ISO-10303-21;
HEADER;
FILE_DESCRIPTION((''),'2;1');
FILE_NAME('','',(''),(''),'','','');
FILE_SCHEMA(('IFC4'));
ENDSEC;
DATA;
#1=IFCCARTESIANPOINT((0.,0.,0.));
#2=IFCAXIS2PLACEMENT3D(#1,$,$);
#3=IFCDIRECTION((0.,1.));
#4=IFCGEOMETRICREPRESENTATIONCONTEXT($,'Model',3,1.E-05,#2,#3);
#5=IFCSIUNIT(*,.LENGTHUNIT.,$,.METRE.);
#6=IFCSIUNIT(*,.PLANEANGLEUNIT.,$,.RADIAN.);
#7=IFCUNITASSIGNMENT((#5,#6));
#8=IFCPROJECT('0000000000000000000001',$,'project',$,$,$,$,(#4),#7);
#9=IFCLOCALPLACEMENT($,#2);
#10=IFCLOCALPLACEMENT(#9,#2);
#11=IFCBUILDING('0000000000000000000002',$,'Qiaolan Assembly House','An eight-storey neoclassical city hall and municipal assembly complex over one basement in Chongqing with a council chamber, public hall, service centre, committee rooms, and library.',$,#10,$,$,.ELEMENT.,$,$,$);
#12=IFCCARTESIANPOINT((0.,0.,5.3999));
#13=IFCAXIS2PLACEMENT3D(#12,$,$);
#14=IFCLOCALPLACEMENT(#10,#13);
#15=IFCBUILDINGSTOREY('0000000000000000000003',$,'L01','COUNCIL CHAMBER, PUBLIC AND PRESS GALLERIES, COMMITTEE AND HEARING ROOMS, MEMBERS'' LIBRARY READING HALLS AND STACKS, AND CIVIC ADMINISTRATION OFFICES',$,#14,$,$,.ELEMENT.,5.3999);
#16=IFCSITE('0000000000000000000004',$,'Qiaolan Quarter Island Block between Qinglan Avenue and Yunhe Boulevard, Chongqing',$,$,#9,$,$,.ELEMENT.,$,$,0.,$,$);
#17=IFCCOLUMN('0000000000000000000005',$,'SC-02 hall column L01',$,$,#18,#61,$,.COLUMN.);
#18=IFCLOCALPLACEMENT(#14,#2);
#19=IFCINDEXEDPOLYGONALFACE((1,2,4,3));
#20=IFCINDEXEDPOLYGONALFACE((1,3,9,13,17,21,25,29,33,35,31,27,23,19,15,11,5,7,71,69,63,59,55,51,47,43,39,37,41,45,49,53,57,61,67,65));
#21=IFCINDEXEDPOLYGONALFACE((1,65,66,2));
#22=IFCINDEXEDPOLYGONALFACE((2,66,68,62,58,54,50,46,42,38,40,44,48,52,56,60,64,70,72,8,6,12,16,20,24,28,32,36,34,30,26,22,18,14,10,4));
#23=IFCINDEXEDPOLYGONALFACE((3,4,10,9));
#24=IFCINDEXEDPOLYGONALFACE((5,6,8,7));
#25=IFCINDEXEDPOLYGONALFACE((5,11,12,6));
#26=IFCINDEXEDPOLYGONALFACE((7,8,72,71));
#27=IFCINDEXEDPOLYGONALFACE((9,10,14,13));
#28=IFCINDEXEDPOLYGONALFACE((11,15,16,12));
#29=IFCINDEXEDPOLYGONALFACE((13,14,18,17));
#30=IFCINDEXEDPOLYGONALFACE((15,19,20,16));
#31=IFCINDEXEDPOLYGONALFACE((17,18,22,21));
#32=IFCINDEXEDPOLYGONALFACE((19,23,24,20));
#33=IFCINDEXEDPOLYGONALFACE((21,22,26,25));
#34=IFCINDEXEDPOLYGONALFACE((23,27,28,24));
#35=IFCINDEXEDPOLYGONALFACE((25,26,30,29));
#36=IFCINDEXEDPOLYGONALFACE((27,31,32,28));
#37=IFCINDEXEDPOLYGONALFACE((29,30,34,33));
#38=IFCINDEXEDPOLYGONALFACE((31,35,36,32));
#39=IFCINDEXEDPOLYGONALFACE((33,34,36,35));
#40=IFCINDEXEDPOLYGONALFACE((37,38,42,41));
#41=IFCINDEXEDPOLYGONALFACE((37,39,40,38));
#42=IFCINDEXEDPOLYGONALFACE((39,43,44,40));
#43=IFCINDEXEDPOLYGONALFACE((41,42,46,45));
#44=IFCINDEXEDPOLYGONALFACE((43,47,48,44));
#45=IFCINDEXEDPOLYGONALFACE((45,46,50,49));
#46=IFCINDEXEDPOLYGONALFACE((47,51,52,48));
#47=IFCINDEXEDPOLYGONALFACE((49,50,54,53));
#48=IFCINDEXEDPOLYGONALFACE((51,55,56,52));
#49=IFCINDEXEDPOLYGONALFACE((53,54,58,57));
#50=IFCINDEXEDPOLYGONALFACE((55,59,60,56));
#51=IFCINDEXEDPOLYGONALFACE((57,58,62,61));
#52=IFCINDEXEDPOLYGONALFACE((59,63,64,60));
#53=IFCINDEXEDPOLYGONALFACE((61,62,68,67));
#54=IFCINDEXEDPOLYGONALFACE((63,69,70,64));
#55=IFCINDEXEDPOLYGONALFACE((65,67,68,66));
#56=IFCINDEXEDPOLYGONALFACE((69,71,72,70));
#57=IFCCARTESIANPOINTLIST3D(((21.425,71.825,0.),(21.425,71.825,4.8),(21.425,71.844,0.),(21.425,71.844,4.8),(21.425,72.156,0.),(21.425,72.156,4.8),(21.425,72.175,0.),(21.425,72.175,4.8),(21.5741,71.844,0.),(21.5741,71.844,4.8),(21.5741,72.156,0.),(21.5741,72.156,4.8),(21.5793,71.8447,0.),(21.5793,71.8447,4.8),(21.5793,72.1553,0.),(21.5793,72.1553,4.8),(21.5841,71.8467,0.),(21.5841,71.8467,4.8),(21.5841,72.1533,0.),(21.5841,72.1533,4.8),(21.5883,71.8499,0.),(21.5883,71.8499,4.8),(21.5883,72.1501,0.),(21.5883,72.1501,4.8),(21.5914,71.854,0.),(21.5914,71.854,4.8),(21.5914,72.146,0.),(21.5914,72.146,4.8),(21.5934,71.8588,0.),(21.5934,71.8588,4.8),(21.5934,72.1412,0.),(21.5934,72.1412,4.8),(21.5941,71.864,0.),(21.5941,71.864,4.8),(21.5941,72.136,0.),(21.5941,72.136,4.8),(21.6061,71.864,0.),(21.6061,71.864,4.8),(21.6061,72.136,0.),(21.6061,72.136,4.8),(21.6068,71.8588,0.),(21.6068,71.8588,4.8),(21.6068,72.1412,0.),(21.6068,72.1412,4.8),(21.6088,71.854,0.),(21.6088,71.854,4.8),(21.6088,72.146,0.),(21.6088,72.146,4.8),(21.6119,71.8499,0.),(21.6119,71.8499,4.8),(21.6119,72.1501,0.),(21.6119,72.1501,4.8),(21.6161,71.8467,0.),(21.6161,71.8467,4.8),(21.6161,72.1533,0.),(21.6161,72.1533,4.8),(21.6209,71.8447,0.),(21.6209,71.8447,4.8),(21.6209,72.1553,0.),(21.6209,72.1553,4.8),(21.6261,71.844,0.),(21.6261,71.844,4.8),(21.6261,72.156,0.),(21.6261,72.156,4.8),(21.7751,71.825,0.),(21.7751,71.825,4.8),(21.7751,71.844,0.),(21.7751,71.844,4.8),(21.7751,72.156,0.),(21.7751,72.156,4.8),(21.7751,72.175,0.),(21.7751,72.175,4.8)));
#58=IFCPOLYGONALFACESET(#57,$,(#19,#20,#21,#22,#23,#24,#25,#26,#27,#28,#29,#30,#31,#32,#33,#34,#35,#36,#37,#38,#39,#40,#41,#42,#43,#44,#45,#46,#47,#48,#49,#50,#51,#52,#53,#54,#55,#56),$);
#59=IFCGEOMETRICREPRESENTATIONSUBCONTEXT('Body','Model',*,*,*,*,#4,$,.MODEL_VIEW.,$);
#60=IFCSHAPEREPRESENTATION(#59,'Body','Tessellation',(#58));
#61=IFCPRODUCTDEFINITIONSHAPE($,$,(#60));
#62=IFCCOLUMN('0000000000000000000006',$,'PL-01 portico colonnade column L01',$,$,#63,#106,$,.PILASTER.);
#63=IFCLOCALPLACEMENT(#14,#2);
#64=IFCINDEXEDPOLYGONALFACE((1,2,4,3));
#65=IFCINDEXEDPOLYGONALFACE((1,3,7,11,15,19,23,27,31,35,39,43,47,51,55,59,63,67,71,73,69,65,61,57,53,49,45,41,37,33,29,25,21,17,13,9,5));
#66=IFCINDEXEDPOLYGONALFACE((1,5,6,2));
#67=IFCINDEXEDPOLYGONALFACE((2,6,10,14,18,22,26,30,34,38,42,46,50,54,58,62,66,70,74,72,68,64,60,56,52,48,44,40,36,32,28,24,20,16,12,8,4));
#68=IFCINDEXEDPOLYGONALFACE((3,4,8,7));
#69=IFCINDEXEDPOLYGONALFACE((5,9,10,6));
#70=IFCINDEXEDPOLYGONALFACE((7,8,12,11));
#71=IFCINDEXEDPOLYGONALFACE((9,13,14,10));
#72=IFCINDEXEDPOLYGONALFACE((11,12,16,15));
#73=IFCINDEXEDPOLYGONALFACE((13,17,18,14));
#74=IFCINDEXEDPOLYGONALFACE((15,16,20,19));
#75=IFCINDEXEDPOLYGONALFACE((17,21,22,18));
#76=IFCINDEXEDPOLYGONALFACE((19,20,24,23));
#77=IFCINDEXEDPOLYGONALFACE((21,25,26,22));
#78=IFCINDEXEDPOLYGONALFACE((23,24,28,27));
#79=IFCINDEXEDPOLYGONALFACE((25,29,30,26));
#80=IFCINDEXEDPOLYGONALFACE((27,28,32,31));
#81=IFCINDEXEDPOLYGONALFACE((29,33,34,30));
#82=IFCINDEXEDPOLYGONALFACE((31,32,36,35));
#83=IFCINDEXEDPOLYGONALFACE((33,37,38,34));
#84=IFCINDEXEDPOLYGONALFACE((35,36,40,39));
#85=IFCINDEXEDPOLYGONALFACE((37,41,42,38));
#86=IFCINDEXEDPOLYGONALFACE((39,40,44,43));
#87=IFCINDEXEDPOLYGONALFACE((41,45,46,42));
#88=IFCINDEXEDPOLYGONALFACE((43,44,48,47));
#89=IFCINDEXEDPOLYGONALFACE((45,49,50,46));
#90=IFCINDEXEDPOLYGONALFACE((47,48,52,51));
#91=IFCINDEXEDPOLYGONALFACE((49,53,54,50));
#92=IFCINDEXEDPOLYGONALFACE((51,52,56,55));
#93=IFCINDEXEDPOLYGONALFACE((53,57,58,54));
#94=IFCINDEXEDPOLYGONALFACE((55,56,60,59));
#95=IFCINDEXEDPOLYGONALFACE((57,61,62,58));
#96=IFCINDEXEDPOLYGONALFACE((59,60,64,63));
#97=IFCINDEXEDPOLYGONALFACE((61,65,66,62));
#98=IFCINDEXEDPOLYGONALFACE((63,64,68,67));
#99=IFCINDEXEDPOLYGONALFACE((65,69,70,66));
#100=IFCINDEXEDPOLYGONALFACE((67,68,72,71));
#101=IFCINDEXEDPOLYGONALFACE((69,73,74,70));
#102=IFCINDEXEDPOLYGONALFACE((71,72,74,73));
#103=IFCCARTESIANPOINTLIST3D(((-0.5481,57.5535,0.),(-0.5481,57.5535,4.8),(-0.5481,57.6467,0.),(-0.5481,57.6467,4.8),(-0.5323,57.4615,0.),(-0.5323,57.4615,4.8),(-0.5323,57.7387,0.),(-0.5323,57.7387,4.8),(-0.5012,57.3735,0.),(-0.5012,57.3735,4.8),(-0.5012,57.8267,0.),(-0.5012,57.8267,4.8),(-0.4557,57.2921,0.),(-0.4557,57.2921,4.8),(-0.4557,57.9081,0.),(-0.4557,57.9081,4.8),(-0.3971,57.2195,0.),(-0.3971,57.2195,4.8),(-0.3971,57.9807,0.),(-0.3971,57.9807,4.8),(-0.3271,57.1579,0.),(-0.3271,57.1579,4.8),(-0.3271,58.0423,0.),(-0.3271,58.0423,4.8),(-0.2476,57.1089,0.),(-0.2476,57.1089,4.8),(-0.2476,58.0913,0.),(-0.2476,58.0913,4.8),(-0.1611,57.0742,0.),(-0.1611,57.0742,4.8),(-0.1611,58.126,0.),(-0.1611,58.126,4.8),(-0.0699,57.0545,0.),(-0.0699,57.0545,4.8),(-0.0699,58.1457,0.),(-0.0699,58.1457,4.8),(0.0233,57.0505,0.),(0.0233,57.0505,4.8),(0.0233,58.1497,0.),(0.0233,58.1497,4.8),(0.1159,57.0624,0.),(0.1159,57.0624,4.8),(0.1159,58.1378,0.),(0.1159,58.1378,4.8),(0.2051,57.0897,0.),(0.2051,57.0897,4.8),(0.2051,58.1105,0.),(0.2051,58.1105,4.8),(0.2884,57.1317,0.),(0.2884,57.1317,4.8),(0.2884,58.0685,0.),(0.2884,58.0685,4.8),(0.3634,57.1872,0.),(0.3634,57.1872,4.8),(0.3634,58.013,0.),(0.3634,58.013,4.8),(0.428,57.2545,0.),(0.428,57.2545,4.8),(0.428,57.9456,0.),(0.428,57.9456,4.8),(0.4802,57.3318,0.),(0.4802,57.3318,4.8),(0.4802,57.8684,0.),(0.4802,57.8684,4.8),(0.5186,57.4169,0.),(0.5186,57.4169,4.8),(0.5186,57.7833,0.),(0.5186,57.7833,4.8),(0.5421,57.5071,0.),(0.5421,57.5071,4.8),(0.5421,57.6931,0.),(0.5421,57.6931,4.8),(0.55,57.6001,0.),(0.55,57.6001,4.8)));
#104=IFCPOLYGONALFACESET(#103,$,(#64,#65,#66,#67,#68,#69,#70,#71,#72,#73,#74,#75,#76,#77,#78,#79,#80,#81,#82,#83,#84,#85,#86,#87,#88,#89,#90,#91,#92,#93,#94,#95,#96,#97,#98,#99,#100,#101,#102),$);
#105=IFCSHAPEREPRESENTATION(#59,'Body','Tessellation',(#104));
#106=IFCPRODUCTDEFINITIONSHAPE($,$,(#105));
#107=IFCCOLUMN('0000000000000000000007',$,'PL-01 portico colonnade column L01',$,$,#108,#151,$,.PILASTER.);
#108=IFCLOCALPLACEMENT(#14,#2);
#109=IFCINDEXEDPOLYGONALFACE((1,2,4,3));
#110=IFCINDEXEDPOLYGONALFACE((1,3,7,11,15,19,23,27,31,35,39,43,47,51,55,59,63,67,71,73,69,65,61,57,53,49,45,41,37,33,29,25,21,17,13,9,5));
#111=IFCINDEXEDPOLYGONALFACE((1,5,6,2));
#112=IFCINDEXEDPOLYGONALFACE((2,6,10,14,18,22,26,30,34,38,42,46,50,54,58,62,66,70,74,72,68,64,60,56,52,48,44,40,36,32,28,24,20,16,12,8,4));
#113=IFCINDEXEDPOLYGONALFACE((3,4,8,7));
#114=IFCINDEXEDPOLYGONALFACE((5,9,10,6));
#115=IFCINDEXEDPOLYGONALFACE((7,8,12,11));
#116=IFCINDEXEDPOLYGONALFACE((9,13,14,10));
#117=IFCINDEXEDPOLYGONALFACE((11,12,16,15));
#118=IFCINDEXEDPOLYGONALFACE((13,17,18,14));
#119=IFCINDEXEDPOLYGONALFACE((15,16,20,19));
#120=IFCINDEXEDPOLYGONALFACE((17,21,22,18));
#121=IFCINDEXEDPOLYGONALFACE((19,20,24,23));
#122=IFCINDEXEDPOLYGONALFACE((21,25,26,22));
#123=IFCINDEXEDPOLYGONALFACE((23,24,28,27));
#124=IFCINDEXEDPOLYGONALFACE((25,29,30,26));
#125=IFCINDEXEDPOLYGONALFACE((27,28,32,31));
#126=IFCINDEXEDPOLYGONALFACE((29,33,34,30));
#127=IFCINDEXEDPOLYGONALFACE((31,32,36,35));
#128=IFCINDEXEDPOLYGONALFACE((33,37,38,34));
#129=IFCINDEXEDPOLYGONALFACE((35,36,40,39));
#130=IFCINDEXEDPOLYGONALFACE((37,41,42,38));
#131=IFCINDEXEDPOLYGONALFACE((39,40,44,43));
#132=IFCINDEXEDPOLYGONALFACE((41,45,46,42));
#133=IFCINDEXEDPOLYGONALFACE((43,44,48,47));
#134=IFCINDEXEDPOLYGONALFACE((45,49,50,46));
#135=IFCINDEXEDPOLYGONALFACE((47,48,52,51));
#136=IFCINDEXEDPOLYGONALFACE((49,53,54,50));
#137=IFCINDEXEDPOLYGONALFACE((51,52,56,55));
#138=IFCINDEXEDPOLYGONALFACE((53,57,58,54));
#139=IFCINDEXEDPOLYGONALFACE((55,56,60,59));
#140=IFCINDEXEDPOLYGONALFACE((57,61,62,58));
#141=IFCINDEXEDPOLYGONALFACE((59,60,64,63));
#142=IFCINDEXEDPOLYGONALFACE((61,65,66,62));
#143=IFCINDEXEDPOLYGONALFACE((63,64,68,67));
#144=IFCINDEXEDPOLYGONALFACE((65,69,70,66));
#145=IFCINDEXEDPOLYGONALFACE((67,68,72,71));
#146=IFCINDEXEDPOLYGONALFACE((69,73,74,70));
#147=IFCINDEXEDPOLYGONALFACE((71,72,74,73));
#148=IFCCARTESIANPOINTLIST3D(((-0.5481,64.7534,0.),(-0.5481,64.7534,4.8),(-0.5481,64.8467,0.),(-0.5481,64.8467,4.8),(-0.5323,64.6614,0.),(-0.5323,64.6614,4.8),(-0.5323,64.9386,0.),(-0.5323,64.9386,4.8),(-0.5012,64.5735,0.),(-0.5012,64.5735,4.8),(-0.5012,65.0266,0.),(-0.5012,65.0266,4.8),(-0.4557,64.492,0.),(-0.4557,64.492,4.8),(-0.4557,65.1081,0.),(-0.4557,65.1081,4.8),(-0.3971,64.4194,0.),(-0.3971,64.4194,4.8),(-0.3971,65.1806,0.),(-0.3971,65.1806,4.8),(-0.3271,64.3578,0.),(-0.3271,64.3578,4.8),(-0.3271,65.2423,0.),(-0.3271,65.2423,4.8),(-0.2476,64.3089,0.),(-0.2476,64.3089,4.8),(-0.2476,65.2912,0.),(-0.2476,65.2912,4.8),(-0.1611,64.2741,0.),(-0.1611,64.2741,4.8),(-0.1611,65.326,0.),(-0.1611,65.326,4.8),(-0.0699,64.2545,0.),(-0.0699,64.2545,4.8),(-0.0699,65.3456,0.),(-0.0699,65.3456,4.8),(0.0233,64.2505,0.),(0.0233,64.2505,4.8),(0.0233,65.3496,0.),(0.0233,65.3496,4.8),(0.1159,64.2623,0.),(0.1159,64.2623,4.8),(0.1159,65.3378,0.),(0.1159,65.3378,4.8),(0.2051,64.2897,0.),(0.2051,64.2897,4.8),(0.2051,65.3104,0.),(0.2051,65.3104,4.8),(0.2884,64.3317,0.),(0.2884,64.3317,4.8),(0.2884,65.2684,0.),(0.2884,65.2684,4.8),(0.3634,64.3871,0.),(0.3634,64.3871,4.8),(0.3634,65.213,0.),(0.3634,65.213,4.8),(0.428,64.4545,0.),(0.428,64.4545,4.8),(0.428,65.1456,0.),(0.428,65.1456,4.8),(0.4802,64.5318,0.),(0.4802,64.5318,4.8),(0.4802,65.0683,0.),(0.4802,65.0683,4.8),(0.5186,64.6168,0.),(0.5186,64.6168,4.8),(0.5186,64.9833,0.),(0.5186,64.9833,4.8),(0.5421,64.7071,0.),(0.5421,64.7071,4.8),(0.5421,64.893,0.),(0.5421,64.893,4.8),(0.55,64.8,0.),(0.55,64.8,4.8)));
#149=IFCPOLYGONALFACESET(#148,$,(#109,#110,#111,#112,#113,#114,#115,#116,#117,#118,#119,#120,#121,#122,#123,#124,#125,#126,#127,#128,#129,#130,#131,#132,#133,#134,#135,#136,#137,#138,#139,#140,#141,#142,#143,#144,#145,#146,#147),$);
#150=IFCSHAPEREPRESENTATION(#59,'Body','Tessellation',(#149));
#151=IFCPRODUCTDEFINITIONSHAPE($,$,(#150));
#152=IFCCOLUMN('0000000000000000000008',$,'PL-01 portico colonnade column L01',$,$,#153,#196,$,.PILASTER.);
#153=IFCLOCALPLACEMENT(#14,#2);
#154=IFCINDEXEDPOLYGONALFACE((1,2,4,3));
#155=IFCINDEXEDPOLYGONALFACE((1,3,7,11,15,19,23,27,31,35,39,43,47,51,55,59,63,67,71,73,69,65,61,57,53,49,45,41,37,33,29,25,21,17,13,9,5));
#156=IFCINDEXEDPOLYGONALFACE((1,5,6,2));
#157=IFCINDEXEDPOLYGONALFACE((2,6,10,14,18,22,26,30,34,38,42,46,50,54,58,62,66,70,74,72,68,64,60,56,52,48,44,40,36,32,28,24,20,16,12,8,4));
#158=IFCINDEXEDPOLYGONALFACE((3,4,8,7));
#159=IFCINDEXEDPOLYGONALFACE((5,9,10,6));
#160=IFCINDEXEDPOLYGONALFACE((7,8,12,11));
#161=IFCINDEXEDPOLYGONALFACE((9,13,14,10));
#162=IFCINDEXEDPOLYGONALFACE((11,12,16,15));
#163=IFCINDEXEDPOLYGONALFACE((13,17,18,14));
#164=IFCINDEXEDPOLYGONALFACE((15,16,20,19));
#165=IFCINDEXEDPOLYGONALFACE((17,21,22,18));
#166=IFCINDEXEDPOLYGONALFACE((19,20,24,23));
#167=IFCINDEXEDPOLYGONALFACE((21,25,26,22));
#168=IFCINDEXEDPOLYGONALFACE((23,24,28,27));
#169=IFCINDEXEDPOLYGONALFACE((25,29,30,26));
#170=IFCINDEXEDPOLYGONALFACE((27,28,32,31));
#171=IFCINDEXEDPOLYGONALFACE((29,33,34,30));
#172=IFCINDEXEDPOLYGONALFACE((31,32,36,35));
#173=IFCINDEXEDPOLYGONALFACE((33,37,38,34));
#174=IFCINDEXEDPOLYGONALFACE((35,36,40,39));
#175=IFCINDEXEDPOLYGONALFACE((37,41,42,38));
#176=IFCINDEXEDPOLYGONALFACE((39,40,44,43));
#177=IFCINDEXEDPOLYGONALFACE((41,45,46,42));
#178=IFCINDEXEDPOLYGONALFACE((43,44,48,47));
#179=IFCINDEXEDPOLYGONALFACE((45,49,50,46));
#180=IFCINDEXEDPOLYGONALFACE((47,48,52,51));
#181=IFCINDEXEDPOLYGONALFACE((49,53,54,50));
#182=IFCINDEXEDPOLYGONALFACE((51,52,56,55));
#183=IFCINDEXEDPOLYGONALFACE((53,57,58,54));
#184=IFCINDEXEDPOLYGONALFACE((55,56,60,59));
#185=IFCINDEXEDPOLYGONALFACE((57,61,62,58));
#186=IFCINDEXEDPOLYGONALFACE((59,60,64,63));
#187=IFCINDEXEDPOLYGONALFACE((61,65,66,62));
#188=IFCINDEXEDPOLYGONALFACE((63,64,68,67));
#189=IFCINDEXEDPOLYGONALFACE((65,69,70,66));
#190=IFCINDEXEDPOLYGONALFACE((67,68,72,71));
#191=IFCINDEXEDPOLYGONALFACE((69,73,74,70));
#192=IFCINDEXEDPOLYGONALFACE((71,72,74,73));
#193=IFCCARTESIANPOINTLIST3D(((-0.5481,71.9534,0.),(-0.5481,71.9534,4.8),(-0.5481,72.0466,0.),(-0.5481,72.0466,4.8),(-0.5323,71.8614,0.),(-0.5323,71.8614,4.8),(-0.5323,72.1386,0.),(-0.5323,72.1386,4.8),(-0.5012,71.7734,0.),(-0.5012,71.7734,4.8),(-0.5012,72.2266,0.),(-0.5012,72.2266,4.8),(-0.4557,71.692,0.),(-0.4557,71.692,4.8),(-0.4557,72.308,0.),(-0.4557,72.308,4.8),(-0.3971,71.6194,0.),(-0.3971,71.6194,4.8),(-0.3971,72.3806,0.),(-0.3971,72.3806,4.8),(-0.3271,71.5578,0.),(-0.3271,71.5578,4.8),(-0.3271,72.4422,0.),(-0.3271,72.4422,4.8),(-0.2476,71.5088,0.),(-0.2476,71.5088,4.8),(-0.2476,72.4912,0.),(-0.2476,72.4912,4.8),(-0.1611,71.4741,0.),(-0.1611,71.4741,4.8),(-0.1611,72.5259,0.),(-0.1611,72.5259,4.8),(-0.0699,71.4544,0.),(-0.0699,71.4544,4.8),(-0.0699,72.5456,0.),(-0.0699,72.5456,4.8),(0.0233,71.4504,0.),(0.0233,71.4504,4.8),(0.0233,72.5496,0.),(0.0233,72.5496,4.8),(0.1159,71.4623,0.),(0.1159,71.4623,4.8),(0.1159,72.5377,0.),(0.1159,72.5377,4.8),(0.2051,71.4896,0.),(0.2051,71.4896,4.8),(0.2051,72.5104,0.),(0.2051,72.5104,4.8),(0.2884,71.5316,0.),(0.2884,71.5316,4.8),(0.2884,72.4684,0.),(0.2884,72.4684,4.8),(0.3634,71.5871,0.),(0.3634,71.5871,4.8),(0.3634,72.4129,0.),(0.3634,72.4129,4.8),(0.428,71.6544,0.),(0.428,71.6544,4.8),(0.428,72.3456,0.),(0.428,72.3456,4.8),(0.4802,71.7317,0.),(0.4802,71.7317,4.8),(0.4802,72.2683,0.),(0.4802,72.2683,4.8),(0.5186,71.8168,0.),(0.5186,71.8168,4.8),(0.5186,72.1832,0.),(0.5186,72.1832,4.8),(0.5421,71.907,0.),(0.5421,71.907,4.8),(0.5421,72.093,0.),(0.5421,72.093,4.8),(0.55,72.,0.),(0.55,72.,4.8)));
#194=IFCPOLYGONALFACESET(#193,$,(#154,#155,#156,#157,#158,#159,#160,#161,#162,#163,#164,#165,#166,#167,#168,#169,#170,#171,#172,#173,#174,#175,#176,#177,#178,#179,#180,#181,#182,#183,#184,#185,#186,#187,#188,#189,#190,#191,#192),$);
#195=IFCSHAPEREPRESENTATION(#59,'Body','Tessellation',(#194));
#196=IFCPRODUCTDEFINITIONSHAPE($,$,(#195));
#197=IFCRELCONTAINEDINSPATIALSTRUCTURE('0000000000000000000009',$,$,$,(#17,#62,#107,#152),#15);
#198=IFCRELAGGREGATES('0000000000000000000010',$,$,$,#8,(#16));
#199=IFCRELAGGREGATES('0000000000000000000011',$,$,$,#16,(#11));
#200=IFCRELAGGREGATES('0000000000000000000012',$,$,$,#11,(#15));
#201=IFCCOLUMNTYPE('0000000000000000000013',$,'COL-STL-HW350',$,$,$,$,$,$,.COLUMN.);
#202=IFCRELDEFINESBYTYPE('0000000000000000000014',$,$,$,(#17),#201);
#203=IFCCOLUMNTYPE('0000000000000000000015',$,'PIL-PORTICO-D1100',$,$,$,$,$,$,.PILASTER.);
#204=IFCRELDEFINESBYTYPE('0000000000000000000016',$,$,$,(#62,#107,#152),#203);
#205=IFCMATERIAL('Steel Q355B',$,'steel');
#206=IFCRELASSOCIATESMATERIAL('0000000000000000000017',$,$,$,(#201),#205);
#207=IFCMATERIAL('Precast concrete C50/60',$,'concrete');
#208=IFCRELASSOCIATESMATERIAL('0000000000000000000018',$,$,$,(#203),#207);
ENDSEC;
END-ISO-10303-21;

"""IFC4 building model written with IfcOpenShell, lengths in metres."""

from ifc_helpers import new_model, si_unit, direction, frame, origin, origin_2d, place, context, subcontext, project, spatial, circle, i_section, extrude, material, material_profile, profile_set, type_object, element, save


model = new_model("IFC4")

# Units and contexts
model_context = context("Model", 3, precision=1e-05, world=origin(), true_north=direction((0.0, 1.0)))
body_context = subcontext(model_context, "Body", "Model", "MODEL_VIEW")
ifc_project = project(units=[si_unit("LENGTHUNIT", "METRE"), si_unit("PLANEANGLEUNIT", "RADIAN")], contexts=[model_context])

# Site, building, storey
site_placement = place(None, origin())
site = spatial("IfcSite", under=ifc_project, at=site_placement, Name="Qiaolan Quarter Island Block between Qinglan Avenue and Yunhe Boulevard, Chongqing", CompositionType="ELEMENT", RefElevation=0.0)
building_placement = place(site_placement, origin())
building = spatial("IfcBuilding", under=site, at=building_placement, Name="Qiaolan Assembly House", Description="An eight-storey neoclassical city hall and municipal assembly complex over one basement in Chongqing with a council chamber, public hall, service centre, committee rooms, and library.", CompositionType="ELEMENT")
storey_placement = place(building_placement, frame((0.0, 0.0, 5.3999)))
storey = spatial("IfcBuildingStorey", under=building, at=storey_placement, Name="L01", Description="COUNCIL CHAMBER, PUBLIC AND PRESS GALLERIES, COMMITTEE AND HEARING ROOMS, MEMBERS' LIBRARY READING HALLS AND STACKS, AND CIVIC ADMINISTRATION OFFICES", CompositionType="ELEMENT", Elevation=5.3999)

# Columns
ifc_material_1 = material(Name="Steel Q355B", Category="steel")
ifc_material_profile_1 = material_profile(ifc_material_1, i_section(OverallWidth=0.3501, OverallDepth=0.3501, WebThickness=0.012, FlangeThickness=0.019, FilletRadius=0.02, at=origin_2d()), Name="HW 350x350x12x19")
ifc_profile_set_1 = profile_set([ifc_material_profile_1], Name="Steel Q355B")
column_type_1 = type_object("IfcColumnType", Name="COL-STL-HW350", PredefinedType="COLUMN", material=ifc_profile_set_1)
for number, where, z_axis, x_axis, name in (
    (1, (21.6001, 72.0, 0.0), (0.0, 0.0, 1.0), (1.0, 0.0, 0.0), "SC-02 hall column L01"),
):
    element("IfcColumn", number, at=place(storey_placement, frame(where, z_axis=z_axis, x_axis=x_axis)), inside=storey, type_object=column_type_1, Name=name, PredefinedType="COLUMN", context=body_context, shape_type="SweptSolid", body=[
        extrude(i_section(OverallWidth=0.3501, OverallDepth=0.3501, WebThickness=0.012, FlangeThickness=0.019, FilletRadius=0.02, at=origin_2d()), origin(), (0.0, 0.0, 1.0), 4.8),
    ])
ifc_material_2 = material(Name="Precast concrete C50/60", Category="concrete")
ifc_material_profile_2 = material_profile(ifc_material_2, circle(Radius=0.55, at=origin_2d()), Name="CIRC D1100")
ifc_profile_set_2 = profile_set([ifc_material_profile_2], Name="Precast concrete C50/60")
column_type_2 = type_object("IfcColumnType", Name="PIL-PORTICO-D1100", PredefinedType="PILASTER", material=ifc_profile_set_2)
for number, where, z_axis, x_axis, name in (
    (2, (0.0, 57.6001, 0.0), (0.0, 0.0, 1.0), (1.0, 0.0, 0.0), "PL-01 portico colonnade column L01"),
    (3, (0.0, 64.8, 0.0), (0.0, 0.0, 1.0), (1.0, 0.0, 0.0), "PL-01 portico colonnade column L01"),
    (4, (0.0, 72.0, 0.0), (0.0, 0.0, 1.0), (1.0, 0.0, 0.0), "PL-01 portico colonnade column L01"),
):
    element("IfcColumn", number, at=place(storey_placement, frame(where, z_axis=z_axis, x_axis=x_axis)), inside=storey, type_object=column_type_2, Name=name, PredefinedType="PILASTER", context=body_context, shape_type="SweptSolid", body=[
        extrude(circle(Radius=0.55, at=origin_2d()), origin(), (0.0, 0.0, 1.0), 4.8),
    ])

save(model, "model.ifc")
